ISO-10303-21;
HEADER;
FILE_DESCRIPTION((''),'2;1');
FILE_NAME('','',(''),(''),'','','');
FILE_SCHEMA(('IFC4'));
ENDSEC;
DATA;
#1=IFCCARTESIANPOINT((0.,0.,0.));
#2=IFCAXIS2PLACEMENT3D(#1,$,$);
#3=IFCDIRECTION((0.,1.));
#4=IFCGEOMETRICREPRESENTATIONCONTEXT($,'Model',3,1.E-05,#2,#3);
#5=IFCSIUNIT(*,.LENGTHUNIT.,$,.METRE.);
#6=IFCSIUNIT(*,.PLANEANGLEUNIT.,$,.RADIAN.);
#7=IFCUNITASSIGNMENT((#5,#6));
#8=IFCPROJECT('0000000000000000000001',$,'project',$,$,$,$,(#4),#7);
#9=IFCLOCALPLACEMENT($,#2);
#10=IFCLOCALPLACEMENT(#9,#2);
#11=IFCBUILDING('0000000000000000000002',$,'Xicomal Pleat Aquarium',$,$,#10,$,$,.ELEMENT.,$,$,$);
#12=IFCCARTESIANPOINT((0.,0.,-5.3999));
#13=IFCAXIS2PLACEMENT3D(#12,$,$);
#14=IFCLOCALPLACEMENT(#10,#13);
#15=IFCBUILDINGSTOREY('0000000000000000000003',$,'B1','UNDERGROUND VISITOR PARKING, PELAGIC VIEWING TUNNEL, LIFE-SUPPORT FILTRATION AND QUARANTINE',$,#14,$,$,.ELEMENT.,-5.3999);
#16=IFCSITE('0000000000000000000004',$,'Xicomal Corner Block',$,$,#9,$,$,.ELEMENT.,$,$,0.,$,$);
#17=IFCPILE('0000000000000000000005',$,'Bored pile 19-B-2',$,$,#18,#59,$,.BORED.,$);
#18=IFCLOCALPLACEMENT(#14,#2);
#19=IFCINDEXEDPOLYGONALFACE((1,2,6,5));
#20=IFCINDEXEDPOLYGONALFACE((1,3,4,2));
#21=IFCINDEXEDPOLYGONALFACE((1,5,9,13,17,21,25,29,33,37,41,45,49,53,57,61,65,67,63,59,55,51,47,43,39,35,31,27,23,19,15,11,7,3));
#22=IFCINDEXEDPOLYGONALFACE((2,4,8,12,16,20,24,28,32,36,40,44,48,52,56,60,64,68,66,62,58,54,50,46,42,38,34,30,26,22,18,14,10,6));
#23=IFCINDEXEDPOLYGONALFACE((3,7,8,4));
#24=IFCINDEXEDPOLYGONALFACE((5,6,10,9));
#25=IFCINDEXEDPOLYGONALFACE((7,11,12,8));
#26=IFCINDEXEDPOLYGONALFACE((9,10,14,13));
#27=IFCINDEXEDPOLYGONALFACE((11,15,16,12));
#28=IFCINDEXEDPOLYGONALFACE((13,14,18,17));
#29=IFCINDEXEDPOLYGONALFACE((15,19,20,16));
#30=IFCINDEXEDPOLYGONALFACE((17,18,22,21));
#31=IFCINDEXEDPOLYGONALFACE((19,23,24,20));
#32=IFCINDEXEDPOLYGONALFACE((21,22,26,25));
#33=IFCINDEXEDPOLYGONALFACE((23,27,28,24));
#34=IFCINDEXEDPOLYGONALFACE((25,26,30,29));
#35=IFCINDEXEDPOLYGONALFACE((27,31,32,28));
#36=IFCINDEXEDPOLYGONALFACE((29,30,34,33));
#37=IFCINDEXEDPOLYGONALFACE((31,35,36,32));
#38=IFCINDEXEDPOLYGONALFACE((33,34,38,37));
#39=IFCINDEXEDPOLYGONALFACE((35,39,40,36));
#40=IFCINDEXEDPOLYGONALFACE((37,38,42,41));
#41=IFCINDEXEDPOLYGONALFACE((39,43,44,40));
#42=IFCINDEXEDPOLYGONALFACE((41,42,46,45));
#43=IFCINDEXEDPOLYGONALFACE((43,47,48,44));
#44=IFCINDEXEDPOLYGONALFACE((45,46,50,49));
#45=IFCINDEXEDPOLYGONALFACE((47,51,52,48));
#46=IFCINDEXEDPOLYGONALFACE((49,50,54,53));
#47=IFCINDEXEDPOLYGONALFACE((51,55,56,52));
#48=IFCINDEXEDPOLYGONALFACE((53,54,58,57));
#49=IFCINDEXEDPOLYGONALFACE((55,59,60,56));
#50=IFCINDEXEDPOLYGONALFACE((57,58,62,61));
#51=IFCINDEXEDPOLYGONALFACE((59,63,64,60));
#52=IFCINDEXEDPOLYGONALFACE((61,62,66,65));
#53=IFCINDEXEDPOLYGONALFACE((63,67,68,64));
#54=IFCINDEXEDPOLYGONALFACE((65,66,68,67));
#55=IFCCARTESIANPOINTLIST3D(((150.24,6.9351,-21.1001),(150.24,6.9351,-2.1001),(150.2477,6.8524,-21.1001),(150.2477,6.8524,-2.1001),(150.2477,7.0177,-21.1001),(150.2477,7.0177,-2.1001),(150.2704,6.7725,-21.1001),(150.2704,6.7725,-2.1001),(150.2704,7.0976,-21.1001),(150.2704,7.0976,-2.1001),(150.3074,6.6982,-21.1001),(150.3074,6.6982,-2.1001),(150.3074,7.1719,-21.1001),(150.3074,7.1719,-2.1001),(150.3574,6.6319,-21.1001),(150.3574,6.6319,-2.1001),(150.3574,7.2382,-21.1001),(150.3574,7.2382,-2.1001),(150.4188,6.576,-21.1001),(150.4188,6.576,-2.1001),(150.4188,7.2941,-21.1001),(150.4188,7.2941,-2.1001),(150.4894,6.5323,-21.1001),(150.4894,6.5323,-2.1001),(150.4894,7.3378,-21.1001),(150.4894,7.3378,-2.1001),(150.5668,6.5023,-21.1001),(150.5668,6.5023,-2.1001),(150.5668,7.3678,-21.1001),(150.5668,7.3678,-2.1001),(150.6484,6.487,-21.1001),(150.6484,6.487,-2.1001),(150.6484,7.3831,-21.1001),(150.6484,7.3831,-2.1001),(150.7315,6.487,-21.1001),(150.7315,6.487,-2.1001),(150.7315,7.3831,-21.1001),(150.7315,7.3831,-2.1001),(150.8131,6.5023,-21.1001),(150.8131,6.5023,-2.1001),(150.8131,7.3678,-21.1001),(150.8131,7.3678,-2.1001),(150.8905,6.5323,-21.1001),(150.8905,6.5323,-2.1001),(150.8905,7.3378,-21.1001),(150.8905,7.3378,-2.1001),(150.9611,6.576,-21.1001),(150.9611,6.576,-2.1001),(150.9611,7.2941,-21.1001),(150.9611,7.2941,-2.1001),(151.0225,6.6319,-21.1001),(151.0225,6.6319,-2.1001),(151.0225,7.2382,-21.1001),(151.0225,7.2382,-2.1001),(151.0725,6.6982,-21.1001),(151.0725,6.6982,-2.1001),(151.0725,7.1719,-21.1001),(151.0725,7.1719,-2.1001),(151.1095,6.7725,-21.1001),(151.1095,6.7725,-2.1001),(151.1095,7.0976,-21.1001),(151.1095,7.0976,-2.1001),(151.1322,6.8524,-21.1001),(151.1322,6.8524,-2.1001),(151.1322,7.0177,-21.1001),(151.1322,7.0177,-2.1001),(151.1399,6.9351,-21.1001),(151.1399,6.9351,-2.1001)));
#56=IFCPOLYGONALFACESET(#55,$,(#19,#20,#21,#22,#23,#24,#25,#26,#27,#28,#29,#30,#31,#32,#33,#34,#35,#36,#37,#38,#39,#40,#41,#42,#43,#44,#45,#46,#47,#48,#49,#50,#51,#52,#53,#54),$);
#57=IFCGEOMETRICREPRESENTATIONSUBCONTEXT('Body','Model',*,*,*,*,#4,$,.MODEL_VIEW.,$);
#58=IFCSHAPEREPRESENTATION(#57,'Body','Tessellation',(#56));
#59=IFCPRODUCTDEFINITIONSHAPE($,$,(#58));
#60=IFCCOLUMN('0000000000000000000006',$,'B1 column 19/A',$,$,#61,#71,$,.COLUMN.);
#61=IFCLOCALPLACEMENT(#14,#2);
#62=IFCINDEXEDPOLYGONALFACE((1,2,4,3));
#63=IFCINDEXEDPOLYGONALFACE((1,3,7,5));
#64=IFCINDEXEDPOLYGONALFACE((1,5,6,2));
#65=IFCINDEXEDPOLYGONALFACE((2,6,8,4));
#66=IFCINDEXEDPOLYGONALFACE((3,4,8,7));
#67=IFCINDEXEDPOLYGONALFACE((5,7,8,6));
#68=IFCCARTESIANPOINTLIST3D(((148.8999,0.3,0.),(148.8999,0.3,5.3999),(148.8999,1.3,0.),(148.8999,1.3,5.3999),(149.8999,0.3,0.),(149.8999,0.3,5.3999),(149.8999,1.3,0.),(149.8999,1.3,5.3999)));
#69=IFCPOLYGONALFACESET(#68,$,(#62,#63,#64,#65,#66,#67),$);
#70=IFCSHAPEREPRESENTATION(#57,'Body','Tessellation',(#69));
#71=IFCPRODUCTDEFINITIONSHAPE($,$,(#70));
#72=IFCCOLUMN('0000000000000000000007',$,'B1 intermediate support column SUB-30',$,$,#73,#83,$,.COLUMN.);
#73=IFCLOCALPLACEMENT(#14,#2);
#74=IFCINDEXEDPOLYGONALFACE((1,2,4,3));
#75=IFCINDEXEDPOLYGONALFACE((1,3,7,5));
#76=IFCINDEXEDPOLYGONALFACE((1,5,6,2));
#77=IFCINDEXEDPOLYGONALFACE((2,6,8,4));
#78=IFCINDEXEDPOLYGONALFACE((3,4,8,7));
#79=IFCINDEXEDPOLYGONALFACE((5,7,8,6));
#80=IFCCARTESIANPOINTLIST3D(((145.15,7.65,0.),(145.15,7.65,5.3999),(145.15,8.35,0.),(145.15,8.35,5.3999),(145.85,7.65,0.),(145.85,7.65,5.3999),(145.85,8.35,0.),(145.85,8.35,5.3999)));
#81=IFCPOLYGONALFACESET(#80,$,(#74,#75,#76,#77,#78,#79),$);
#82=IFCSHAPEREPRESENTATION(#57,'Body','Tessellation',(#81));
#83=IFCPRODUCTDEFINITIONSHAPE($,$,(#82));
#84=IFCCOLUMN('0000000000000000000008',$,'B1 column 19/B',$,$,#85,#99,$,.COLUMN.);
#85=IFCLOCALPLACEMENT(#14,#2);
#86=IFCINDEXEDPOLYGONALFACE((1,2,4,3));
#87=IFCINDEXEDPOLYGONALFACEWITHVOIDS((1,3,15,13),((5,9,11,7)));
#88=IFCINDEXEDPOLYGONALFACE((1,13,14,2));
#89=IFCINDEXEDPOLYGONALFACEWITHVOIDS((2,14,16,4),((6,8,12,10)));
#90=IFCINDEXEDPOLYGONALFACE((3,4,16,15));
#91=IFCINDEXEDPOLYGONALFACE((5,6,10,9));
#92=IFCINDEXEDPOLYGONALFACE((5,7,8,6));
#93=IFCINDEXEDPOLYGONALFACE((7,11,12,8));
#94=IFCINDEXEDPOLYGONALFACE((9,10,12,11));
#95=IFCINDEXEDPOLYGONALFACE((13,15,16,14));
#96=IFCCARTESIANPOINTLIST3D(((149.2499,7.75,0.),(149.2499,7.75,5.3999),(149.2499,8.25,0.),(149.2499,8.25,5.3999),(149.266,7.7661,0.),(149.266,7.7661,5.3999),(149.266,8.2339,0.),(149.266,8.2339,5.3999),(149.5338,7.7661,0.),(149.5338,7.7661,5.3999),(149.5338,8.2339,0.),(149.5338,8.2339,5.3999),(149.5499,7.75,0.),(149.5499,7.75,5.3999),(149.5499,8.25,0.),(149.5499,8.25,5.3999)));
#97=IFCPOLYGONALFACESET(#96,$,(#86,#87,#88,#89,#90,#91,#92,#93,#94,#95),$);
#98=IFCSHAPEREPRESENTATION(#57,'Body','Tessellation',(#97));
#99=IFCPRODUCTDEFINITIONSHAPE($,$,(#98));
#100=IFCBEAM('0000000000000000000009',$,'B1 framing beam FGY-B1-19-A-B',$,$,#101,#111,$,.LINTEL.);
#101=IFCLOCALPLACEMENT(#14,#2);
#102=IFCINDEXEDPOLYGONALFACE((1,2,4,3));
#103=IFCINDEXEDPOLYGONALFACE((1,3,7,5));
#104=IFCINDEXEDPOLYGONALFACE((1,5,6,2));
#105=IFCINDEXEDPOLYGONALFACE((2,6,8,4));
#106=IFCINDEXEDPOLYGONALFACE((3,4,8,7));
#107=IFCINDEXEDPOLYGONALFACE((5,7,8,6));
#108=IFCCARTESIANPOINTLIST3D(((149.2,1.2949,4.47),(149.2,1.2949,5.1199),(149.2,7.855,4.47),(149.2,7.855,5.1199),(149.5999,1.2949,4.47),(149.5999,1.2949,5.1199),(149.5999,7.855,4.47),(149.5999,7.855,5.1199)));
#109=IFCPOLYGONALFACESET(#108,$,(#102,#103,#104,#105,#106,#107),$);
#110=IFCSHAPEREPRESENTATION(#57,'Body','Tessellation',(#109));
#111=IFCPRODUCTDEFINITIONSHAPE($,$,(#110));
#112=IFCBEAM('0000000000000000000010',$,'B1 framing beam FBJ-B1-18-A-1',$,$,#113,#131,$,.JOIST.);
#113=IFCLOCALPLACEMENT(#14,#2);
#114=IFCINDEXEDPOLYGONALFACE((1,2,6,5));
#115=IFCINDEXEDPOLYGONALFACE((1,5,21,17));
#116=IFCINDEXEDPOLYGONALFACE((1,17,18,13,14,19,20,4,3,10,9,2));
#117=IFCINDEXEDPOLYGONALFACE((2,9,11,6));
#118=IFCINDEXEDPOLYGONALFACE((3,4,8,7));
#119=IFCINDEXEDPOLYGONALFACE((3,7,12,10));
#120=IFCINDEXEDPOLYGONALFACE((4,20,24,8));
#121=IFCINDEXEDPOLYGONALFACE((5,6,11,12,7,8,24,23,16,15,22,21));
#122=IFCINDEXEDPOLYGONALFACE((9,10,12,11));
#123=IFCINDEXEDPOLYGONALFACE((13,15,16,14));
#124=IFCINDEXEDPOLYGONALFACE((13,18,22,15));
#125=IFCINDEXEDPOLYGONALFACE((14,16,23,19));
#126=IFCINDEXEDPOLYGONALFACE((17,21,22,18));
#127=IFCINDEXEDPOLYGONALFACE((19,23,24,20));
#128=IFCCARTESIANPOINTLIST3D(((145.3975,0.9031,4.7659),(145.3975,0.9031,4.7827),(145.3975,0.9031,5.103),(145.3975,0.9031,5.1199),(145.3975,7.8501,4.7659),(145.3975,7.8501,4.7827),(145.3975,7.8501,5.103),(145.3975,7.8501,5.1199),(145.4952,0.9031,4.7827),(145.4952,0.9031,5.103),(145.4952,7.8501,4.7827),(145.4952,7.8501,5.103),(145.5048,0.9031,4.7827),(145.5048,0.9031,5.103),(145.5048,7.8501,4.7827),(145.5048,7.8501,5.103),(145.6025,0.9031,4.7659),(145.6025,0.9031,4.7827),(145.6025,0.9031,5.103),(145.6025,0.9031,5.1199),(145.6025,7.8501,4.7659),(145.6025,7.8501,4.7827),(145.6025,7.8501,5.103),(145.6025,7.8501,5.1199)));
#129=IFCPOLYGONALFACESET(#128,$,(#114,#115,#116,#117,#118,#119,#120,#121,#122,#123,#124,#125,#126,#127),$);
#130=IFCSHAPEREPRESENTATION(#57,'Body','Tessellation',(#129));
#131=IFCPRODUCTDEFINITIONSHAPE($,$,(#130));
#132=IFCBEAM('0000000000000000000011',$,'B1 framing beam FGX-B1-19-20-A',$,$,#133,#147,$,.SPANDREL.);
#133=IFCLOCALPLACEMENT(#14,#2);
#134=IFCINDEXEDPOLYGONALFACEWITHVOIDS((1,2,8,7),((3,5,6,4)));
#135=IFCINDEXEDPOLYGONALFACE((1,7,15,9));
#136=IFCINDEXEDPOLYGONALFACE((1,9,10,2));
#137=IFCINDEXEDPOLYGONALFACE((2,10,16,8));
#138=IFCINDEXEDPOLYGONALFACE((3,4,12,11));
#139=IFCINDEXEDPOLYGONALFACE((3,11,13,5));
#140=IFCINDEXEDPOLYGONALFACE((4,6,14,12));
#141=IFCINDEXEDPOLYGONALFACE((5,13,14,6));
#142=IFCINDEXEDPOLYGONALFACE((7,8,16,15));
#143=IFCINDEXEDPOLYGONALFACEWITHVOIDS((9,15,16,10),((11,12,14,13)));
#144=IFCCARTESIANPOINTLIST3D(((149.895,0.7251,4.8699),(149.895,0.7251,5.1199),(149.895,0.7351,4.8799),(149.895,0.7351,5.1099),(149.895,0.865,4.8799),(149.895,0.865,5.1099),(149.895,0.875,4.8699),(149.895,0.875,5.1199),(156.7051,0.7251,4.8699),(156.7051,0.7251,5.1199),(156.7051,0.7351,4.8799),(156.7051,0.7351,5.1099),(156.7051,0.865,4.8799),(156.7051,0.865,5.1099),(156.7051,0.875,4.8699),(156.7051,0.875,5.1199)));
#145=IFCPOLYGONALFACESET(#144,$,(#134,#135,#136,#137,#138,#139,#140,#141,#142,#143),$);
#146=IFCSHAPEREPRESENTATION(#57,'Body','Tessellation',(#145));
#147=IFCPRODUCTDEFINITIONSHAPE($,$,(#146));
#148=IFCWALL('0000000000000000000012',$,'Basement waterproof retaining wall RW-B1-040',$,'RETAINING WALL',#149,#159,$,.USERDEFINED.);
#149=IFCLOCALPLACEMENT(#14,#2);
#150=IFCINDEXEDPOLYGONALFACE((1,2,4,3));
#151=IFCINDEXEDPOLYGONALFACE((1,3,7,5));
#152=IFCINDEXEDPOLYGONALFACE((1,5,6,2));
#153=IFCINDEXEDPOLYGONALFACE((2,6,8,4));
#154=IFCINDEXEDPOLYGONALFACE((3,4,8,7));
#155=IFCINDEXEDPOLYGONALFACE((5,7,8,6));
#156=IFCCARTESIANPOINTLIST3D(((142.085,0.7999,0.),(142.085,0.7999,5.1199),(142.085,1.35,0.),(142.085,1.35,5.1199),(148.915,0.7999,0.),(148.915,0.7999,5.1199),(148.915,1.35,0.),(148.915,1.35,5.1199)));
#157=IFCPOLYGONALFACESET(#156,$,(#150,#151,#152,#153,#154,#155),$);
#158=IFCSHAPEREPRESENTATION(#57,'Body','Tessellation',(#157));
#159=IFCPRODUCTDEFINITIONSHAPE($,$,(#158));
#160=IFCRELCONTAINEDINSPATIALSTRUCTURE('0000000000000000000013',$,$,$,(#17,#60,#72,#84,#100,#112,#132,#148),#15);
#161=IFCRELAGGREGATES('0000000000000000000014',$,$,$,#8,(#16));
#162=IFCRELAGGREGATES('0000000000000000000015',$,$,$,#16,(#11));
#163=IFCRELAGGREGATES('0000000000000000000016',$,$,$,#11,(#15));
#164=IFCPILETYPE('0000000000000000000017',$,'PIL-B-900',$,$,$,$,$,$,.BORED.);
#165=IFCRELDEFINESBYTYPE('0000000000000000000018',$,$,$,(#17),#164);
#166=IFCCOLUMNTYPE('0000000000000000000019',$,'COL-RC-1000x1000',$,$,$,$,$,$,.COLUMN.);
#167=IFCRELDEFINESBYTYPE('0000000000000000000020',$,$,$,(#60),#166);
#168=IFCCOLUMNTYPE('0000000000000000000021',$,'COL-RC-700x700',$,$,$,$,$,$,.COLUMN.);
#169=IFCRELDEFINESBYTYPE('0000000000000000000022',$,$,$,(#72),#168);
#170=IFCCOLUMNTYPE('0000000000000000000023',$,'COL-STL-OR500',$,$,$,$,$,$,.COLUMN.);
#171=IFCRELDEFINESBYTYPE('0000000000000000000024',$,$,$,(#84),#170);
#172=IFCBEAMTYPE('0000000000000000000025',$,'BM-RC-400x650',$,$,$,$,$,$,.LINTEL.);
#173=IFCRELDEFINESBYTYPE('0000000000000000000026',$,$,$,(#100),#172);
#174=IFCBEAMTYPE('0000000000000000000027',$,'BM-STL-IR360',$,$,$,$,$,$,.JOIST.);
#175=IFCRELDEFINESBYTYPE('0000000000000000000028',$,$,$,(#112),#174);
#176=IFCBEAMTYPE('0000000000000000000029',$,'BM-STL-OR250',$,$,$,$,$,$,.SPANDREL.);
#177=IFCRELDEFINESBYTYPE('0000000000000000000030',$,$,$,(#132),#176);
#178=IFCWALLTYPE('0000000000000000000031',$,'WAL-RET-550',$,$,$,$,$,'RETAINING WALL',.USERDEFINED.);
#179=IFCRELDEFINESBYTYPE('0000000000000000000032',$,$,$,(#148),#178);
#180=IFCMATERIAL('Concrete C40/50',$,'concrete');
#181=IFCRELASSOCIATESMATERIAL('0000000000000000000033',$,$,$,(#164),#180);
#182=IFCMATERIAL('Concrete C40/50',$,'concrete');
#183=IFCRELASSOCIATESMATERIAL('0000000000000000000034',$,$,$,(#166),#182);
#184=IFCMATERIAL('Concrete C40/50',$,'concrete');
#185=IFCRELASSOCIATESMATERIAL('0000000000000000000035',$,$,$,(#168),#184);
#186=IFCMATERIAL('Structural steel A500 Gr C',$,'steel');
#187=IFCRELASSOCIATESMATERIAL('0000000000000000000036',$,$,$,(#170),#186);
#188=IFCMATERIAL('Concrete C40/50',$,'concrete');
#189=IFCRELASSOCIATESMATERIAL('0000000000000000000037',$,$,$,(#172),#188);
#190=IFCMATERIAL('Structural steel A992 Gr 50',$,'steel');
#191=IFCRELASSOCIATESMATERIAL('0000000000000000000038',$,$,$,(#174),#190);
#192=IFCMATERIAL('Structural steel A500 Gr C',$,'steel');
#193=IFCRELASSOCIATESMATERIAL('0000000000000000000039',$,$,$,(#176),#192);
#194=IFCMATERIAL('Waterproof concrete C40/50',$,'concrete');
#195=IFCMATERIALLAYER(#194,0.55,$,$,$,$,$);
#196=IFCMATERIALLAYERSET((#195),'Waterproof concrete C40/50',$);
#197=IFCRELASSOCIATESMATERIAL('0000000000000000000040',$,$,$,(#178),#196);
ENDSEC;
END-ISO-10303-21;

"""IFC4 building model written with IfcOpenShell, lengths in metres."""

from ifc_helpers import new_model, si_unit, direction, frame, frame_2d, origin, origin_2d, place, context, subcontext, project, spatial, rectangle, hollow_rectangle, circle, i_section, extrude, material, layer, layer_set, material_profile, profile_set, type_object, element, save


model = new_model("IFC4")

# Units and contexts
model_context = context("Model", 3, precision=1e-05, world=origin(), true_north=direction((0.0, 1.0)))
body_context = subcontext(model_context, "Body", "Model", "MODEL_VIEW")
ifc_project = project(units=[si_unit("LENGTHUNIT", "METRE"), si_unit("PLANEANGLEUNIT", "RADIAN")], contexts=[model_context])

# Site, building, storey
site_placement = place(None, origin())
site = spatial("IfcSite", under=ifc_project, at=site_placement, Name="Xicomal Corner Block", CompositionType="ELEMENT", RefElevation=0.0)
building_placement = place(site_placement, origin())
building = spatial("IfcBuilding", under=site, at=building_placement, Name="Xicomal Pleat Aquarium", CompositionType="ELEMENT")
storey_placement = place(building_placement, frame((0.0, 0.0, -5.3999)))
storey = spatial("IfcBuildingStorey", under=building, at=storey_placement, Name="B1", Description="UNDERGROUND VISITOR PARKING, PELAGIC VIEWING TUNNEL, LIFE-SUPPORT FILTRATION AND QUARANTINE", CompositionType="ELEMENT", Elevation=-5.3999)

# Pile
ifc_material_1 = material(Name="Concrete C40/50", Category="concrete")
ifc_material_profile_1 = material_profile(ifc_material_1, circle(Radius=0.45, at=origin_2d()), Name="BORED PILE D900")
ifc_profile_set_1 = profile_set([ifc_material_profile_1], Name="Concrete C40/50")
pile_type_1 = type_object("IfcPileType", Name="PIL-B-900", PredefinedType="BORED", material=ifc_profile_set_1)
for number, where, z_axis, x_axis, name in (
    (1, (150.6899, 6.9351, -2.1001), (0.0, 0.0, -1.0), (1.0, 0.0, 0.0), "Bored pile 19-B-2"),
):
    element("IfcPile", number, at=place(storey_placement, frame(where, z_axis=z_axis, x_axis=x_axis)), inside=storey, type_object=pile_type_1, Name=name, PredefinedType="BORED", context=body_context, shape_type="SweptSolid", body=[
        extrude(circle(Radius=0.45, at=origin_2d()), origin(), (0.0, 0.0, 1.0), 19.0),
    ])

# Columns
ifc_material_2 = material(Name="Concrete C40/50", Category="concrete")
ifc_material_profile_2 = material_profile(ifc_material_2, rectangle(XDim=1.0, YDim=1.0, at=origin_2d()), Name="RC 1000x1000")
ifc_profile_set_2 = profile_set([ifc_material_profile_2], Name="Concrete C40/50")
column_type_1 = type_object("IfcColumnType", Name="COL-RC-1000x1000", PredefinedType="COLUMN", material=ifc_profile_set_2)
column_1_placement = place(storey_placement, frame((149.3999, 0.8, 0.0), z_axis=(0.0, 0.0, 1.0), x_axis=(1.0, 0.0, 0.0)))
element("IfcColumn", 2, at=column_1_placement, inside=storey, type_object=column_type_1, Name="B1 column 19/A", PredefinedType="COLUMN", context=body_context, shape_type="SweptSolid", body=[
    extrude(rectangle(XDim=1.0, YDim=1.0, at=origin_2d()), origin(), (0.0, 0.0, 1.0), 5.3999),
])
ifc_material_3 = material(Name="Concrete C40/50", Category="concrete")
ifc_material_profile_3 = material_profile(ifc_material_3, rectangle(XDim=0.7, YDim=0.7, at=origin_2d()), Name="RC 700x700")
ifc_profile_set_3 = profile_set([ifc_material_profile_3], Name="Concrete C40/50")
column_type_2 = type_object("IfcColumnType", Name="COL-RC-700x700", PredefinedType="COLUMN", material=ifc_profile_set_3)
column_2_placement = place(storey_placement, frame((145.5, 8.0, 0.0), z_axis=(0.0, 0.0, 1.0), x_axis=(1.0, 0.0, 0.0)))
element("IfcColumn", 3, at=column_2_placement, inside=storey, type_object=column_type_2, Name="B1 intermediate support column SUB-30", PredefinedType="COLUMN", context=body_context, shape_type="SweptSolid", body=[
    extrude(rectangle(XDim=0.7, YDim=0.7, at=origin_2d()), origin(), (0.0, 0.0, 1.0), 5.3999),
])
ifc_material_4 = material(Name="Structural steel A500 Gr C", Category="steel")
ifc_material_profile_4 = material_profile(ifc_material_4, hollow_rectangle(XDim=0.3, YDim=0.5, WallThickness=0.0161, at=origin_2d()), Name="OR 500x300x16")
ifc_profile_set_4 = profile_set([ifc_material_profile_4], Name="Structural steel A500 Gr C")
column_type_3 = type_object("IfcColumnType", Name="COL-STL-OR500", PredefinedType="COLUMN", material=ifc_profile_set_4)
column_3_placement = place(storey_placement, frame((149.3999, 8.0, 0.0), z_axis=(0.0, 0.0, 1.0), x_axis=(1.0, 0.0, 0.0)))
element("IfcColumn", 4, at=column_3_placement, inside=storey, type_object=column_type_3, Name="B1 column 19/B", PredefinedType="COLUMN", context=body_context, shape_type="SweptSolid", body=[
    extrude(hollow_rectangle(XDim=0.3, YDim=0.5, WallThickness=0.0161, at=origin_2d()), origin(), (0.0, 0.0, 1.0), 5.3999),
])

# Beams
ifc_material_5 = material(Name="Concrete C40/50", Category="concrete")
ifc_material_profile_5 = material_profile(ifc_material_5, rectangle(XDim=0.3999, YDim=0.6499, at=origin_2d()), Name="RC 400x650")
ifc_profile_set_5 = profile_set([ifc_material_profile_5], Name="Concrete C40/50")
beam_type_1 = type_object("IfcBeamType", Name="BM-RC-400x650", PredefinedType="LINTEL", material=ifc_profile_set_5)
beam_1_placement = place(storey_placement, frame((149.3999, 1.2949, 4.7949), z_axis=(0.0, 1.0, 0.0), x_axis=(-1.0, 0.0, 0.0)))
element("IfcBeam", 5, at=beam_1_placement, inside=storey, type_object=beam_type_1, Name="B1 framing beam FGY-B1-19-A-B", PredefinedType="LINTEL", context=body_context, shape_type="SweptSolid", body=[
    extrude(rectangle(XDim=0.3999, YDim=0.6499, at=origin_2d()), origin(), (0.0, 0.0, 1.0), 6.5601),
])
ifc_material_6 = material(Name="Structural steel A992 Gr 50", Category="steel")
ifc_material_profile_6 = material_profile(ifc_material_6, i_section(OverallWidth=0.2051, OverallDepth=0.354, WebThickness=0.0095, FlangeThickness=0.0168, at=origin_2d()), Name="IR 360x79")
ifc_profile_set_6 = profile_set([ifc_material_profile_6], Name="Structural steel A992 Gr 50")
beam_type_2 = type_object("IfcBeamType", Name="BM-STL-IR360", PredefinedType="JOIST", material=ifc_profile_set_6)
beam_2_placement = place(storey_placement, frame((145.5, 0.9031, 4.9429), z_axis=(0.0, 1.0, 0.0), x_axis=(-1.0, 0.0, 0.0)))
element("IfcBeam", 6, at=beam_2_placement, inside=storey, type_object=beam_type_2, Name="B1 framing beam FBJ-B1-18-A-1", PredefinedType="JOIST", context=body_context, shape_type="SweptSolid", body=[
    extrude(i_section(OverallWidth=0.2051, OverallDepth=0.354, WebThickness=0.0095, FlangeThickness=0.0168, at=origin_2d()), origin(), (0.0, 0.0, 1.0), 6.947),
])
ifc_material_7 = material(Name="Structural steel A500 Gr C", Category="steel")
ifc_material_profile_7 = material_profile(ifc_material_7, hollow_rectangle(XDim=0.1499, YDim=0.25, WallThickness=0.01, at=origin_2d()), Name="OR 250x150x10")
ifc_profile_set_7 = profile_set([ifc_material_profile_7], Name="Structural steel A500 Gr C")
beam_type_3 = type_object("IfcBeamType", Name="BM-STL-OR250", PredefinedType="SPANDREL", material=ifc_profile_set_7)
beam_3_placement = place(storey_placement, frame((149.895, 0.8, 4.9949), z_axis=(1.0, 0.0, 0.0), x_axis=(0.0, 1.0, 0.0)))
element("IfcBeam", 7, at=beam_3_placement, inside=storey, type_object=beam_type_3, Name="B1 framing beam FGX-B1-19-20-A", PredefinedType="SPANDREL", context=body_context, shape_type="SweptSolid", body=[
    extrude(hollow_rectangle(XDim=0.1499, YDim=0.25, WallThickness=0.01, at=origin_2d()), origin(), (0.0, 0.0, 1.0), 6.8101),
])

# Wall
ifc_material_8 = material(Name="Waterproof concrete C40/50", Category="concrete")
ifc_layer = layer(ifc_material_8, 0.55)
ifc_layer_set = layer_set([ifc_layer], Name="Waterproof concrete C40/50")
wall_type = type_object("IfcWallType", Name="WAL-RET-550", ElementType="RETAINING WALL", PredefinedType="USERDEFINED", material=ifc_layer_set)
wall_placement = place(storey_placement, frame((148.915, 1.075, 0.0), z_axis=(0.0, 0.0, 1.0), x_axis=(-1.0, 0.0, 0.0)))
element("IfcWall", 8, at=wall_placement, inside=storey, type_object=wall_type, Name="Basement waterproof retaining wall RW-B1-040", ObjectType="RETAINING WALL", PredefinedType="USERDEFINED", context=body_context, shape_type="SweptSolid", body=[
    extrude(rectangle(XDim=6.8301, YDim=0.55, at=frame_2d((3.415, 0.0))), origin(), (0.0, 0.0, 1.0), 5.1199),
])

save(model, "model.ifc")
